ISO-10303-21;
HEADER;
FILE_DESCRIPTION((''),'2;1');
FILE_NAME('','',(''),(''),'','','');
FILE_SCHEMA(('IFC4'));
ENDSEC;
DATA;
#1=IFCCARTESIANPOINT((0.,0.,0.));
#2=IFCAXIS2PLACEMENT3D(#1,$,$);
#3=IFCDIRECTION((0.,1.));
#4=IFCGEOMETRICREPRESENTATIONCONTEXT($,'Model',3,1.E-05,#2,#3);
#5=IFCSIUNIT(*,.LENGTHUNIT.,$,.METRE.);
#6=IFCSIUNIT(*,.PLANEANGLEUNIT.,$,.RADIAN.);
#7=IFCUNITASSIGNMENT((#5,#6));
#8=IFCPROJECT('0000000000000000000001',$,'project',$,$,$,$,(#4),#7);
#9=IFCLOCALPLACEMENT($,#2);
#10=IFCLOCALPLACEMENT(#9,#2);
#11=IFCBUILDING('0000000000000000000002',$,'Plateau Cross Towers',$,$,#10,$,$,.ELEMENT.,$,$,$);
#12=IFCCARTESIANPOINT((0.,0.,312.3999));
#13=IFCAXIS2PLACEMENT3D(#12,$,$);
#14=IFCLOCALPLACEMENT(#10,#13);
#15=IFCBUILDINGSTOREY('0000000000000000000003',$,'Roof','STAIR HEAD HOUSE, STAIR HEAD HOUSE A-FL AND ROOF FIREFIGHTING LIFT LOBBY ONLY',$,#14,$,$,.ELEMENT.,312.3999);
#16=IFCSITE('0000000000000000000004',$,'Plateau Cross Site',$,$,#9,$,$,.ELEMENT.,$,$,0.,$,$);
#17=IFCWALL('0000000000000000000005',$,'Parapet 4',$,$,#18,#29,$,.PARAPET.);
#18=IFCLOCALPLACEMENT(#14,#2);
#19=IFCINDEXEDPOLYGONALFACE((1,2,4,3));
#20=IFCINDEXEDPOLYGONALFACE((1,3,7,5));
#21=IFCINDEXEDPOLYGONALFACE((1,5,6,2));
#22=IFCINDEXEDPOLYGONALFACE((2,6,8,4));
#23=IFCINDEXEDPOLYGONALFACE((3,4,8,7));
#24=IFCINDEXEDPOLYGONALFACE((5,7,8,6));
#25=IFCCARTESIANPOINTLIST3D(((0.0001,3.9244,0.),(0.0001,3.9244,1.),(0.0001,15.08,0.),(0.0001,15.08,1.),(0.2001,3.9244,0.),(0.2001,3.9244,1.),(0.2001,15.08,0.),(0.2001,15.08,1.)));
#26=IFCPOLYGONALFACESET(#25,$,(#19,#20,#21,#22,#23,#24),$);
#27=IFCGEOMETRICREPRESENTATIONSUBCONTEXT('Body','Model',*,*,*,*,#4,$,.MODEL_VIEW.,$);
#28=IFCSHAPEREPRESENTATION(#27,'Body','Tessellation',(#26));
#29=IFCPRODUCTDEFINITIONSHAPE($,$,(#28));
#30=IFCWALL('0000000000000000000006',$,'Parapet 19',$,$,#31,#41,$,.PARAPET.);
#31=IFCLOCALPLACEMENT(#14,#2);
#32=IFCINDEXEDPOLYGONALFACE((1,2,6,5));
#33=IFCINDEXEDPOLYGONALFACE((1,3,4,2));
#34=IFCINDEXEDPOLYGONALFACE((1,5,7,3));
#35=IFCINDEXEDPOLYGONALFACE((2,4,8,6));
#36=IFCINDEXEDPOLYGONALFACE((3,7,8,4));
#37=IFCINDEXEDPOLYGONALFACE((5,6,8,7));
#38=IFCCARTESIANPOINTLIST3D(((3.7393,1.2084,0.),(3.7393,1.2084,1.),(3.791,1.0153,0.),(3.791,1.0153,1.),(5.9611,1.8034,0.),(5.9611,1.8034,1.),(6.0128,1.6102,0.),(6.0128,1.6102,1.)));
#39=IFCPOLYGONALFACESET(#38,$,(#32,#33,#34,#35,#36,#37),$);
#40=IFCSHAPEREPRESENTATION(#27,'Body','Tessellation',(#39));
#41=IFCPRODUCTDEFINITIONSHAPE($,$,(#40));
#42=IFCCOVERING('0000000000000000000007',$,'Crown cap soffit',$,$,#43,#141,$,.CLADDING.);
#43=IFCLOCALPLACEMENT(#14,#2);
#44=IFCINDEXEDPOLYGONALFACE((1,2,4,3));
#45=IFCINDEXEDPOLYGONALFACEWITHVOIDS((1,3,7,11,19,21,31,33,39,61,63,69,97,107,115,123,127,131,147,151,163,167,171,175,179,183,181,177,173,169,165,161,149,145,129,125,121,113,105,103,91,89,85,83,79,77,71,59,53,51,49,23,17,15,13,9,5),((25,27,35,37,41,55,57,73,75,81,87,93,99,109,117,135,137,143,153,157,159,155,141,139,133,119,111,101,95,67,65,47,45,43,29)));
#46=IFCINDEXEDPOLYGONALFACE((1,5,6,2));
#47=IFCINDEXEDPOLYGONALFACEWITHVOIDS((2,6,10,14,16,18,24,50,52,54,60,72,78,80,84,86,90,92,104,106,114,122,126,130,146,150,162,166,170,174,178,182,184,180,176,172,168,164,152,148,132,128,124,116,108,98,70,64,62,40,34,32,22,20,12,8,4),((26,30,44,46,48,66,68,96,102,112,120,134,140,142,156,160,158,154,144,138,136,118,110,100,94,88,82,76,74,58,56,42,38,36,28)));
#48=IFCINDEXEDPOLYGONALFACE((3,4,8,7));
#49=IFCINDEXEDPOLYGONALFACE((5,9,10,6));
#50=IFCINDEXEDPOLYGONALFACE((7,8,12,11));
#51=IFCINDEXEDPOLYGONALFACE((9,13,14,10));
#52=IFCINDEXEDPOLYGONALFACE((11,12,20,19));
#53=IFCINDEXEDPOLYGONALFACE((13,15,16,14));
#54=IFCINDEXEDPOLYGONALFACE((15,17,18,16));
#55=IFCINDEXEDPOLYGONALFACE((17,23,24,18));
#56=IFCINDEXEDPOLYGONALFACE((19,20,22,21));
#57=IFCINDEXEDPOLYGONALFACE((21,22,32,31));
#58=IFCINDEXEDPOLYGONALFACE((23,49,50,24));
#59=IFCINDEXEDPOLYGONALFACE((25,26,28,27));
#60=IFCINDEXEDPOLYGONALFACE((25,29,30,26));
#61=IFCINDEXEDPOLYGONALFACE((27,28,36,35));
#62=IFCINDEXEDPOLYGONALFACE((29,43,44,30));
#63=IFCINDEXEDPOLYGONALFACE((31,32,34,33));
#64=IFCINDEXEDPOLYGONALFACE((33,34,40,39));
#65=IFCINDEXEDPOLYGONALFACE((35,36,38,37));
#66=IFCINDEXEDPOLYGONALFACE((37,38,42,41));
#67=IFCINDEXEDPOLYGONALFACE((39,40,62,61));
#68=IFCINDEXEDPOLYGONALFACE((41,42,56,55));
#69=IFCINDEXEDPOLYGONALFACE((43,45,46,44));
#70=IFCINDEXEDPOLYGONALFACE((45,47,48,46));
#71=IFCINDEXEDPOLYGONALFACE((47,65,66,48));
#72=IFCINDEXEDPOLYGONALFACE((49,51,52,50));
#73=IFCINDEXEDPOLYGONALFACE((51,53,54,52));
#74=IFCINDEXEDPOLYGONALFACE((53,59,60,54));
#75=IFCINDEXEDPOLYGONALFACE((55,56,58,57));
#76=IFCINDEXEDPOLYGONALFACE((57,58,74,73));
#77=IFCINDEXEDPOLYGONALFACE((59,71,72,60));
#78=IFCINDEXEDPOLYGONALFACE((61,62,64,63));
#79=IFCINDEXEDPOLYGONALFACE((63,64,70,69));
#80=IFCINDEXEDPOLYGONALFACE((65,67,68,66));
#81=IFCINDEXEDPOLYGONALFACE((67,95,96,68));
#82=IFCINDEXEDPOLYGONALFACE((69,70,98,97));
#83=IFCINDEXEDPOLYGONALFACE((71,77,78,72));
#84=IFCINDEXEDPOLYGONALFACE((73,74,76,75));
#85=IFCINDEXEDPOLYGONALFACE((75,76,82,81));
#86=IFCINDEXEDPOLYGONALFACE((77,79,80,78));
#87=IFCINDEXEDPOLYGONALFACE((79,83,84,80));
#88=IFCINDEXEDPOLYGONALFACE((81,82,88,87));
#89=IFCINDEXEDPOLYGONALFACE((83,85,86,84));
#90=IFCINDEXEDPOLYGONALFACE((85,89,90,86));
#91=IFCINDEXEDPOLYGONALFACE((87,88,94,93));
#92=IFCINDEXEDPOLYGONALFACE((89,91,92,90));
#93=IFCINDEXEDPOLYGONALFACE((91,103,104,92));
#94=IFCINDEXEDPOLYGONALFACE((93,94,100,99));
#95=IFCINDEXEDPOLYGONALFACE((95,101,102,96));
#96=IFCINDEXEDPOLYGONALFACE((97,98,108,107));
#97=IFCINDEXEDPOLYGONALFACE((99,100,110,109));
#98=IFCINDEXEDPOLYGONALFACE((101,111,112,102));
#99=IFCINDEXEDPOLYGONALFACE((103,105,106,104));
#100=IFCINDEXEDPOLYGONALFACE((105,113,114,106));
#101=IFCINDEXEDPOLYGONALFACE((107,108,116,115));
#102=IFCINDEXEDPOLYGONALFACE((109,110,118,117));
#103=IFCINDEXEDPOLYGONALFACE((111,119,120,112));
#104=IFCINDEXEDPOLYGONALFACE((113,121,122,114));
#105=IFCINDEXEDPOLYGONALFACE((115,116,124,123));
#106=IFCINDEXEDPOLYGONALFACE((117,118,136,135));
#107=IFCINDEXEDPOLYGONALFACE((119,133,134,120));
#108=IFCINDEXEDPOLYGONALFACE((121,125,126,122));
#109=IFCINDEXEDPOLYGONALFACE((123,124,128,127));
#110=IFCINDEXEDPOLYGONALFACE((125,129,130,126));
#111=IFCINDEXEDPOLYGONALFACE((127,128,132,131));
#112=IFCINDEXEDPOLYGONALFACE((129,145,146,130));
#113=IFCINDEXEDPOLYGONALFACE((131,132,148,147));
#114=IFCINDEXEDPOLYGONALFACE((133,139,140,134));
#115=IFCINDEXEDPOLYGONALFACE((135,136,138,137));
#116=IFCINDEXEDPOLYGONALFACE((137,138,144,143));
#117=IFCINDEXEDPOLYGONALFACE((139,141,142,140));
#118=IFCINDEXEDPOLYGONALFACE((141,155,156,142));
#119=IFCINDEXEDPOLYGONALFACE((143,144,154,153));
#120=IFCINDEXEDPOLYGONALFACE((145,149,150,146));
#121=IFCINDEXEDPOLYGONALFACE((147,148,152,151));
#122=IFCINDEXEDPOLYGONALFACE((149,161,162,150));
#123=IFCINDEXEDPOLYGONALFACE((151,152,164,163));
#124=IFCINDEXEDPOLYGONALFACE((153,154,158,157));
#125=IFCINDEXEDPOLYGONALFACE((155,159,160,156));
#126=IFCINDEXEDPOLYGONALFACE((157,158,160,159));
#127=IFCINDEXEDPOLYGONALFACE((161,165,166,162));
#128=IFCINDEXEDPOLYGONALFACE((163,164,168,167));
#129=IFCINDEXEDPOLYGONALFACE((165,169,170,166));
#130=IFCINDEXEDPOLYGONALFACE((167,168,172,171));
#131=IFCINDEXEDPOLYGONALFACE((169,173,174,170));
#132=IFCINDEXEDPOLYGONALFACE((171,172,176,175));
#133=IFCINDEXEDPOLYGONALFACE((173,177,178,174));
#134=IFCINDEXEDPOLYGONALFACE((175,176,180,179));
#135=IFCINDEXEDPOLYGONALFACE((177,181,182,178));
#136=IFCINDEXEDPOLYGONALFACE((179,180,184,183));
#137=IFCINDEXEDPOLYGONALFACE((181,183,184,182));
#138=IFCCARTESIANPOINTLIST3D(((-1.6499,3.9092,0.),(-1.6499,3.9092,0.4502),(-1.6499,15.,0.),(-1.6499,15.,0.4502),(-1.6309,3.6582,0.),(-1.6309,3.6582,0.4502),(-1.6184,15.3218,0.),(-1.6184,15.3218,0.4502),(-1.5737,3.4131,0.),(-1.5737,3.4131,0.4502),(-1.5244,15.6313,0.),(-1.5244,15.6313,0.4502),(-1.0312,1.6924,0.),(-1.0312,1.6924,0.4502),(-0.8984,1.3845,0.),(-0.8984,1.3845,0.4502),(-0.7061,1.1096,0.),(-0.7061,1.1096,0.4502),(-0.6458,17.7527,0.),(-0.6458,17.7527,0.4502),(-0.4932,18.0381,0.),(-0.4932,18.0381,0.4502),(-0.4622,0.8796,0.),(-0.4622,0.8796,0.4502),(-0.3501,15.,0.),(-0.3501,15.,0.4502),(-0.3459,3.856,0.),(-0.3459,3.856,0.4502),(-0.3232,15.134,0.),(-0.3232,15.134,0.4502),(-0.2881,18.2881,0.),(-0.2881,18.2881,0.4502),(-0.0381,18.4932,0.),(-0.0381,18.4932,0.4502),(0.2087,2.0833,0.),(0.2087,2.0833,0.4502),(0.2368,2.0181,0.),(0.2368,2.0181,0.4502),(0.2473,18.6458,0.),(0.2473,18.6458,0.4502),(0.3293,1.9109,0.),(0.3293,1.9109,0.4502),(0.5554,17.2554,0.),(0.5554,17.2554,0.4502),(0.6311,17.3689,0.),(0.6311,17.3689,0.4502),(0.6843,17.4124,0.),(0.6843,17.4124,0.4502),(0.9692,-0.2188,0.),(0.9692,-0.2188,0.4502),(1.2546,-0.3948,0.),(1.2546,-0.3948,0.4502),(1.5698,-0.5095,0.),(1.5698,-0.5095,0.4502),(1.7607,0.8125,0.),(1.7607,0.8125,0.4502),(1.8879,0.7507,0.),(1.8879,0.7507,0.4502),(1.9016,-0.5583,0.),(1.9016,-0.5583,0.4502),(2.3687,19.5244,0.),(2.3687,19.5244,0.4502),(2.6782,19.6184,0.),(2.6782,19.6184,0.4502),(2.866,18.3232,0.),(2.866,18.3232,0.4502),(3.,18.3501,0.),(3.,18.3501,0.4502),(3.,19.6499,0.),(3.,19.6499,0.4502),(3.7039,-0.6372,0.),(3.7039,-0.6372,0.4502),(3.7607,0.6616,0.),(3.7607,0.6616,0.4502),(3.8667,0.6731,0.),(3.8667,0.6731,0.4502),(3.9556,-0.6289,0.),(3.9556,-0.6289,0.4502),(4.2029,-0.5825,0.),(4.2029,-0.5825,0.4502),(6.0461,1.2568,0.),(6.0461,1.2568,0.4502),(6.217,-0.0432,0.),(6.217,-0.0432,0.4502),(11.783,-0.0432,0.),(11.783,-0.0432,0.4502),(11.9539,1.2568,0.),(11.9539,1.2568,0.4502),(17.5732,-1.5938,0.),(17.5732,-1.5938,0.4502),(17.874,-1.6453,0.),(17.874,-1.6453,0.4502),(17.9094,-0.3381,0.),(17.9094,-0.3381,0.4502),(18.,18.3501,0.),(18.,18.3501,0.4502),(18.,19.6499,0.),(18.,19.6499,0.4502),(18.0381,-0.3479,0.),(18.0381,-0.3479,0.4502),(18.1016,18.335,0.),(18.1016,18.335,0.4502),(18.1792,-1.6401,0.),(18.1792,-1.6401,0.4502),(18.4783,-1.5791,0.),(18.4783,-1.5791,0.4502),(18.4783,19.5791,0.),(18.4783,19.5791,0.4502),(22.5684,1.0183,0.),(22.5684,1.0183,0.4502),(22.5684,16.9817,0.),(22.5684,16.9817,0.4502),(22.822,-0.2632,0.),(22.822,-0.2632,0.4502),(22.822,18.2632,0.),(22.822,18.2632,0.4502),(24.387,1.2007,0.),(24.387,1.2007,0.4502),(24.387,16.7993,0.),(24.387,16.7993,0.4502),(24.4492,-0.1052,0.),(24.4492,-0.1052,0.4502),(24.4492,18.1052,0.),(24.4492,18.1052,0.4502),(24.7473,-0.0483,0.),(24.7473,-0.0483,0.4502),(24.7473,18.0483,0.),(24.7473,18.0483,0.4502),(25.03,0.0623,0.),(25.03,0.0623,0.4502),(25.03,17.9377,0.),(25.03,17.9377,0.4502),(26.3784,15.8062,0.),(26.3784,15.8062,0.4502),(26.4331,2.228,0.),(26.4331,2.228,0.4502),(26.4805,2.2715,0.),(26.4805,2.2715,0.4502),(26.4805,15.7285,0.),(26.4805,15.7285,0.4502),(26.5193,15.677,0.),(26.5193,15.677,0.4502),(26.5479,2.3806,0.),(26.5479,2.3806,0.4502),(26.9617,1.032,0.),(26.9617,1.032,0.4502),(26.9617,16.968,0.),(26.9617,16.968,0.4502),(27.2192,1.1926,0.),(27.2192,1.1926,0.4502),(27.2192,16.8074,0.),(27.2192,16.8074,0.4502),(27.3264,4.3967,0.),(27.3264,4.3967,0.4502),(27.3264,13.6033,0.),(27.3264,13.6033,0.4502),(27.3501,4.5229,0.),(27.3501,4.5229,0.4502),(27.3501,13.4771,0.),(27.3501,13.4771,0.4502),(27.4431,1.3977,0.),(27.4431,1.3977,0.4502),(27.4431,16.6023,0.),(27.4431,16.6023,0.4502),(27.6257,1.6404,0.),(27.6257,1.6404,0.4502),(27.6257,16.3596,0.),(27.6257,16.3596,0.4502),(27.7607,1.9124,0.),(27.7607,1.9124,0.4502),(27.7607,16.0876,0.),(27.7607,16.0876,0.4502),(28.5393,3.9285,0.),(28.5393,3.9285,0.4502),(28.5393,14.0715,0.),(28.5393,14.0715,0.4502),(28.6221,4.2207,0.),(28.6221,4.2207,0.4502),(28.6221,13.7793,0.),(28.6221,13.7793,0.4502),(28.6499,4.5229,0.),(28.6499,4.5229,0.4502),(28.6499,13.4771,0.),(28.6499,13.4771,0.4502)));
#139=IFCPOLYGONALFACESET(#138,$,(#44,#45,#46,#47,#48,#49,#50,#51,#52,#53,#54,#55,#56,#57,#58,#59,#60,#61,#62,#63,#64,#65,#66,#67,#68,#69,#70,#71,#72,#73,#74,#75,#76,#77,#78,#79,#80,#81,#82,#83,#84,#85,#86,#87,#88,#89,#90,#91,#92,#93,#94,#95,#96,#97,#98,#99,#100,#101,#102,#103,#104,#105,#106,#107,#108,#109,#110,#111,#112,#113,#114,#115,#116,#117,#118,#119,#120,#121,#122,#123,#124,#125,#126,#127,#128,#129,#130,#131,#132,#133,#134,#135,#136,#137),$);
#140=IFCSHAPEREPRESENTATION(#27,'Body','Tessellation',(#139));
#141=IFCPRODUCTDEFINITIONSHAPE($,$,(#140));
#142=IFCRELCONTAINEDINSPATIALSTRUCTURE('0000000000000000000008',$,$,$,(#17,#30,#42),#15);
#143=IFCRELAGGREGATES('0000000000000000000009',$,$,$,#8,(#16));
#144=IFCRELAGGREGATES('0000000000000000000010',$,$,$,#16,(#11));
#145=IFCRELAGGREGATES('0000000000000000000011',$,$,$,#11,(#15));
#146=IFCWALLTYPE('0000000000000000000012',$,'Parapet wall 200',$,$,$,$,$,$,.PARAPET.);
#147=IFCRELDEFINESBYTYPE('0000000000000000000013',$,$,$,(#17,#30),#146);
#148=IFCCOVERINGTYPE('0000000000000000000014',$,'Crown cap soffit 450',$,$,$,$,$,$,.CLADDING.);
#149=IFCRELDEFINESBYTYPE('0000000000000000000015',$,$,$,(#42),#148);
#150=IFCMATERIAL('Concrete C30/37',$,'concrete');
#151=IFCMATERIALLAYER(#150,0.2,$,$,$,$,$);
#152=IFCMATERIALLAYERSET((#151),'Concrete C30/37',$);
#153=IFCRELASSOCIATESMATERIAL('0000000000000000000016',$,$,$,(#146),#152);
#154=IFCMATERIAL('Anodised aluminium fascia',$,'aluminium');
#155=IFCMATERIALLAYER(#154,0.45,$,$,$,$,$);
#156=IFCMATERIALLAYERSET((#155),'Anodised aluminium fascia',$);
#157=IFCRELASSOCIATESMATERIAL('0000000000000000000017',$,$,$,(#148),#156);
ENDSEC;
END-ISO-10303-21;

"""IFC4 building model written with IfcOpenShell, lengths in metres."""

from ifc_helpers import new_model, si_unit, direction, frame, frame_2d, origin, place, context, subcontext, project, spatial, polyline, rectangle, outline, extrude, material, layer, layer_set, type_object, element, save


model = new_model("IFC4")

# Units and contexts
model_context = context("Model", 3, precision=1e-05, world=origin(), true_north=direction((0.0, 1.0)))
body_context = subcontext(model_context, "Body", "Model", "MODEL_VIEW")
ifc_project = project(units=[si_unit("LENGTHUNIT", "METRE"), si_unit("PLANEANGLEUNIT", "RADIAN")], contexts=[model_context])

# Site, building, storey
site_placement = place(None, origin())
site = spatial("IfcSite", under=ifc_project, at=site_placement, Name="Plateau Cross Site", CompositionType="ELEMENT", RefElevation=0.0)
building_placement = place(site_placement, origin())
building = spatial("IfcBuilding", under=site, at=building_placement, Name="Plateau Cross Towers", CompositionType="ELEMENT")
storey_placement = place(building_placement, frame((0.0, 0.0, 312.3999)))
storey = spatial("IfcBuildingStorey", under=building, at=storey_placement, Name="Roof", Description="STAIR HEAD HOUSE, STAIR HEAD HOUSE A-FL AND ROOF FIREFIGHTING LIFT LOBBY ONLY", CompositionType="ELEMENT", Elevation=312.3999)

# Walls
ifc_material_1 = material(Name="Concrete C30/37", Category="concrete")
ifc_layer_1 = layer(ifc_material_1, 0.2)
ifc_layer_set_1 = layer_set([ifc_layer_1], Name="Concrete C30/37")
wall_type_1 = type_object("IfcWallType", Name="Parapet wall 200", PredefinedType="PARAPET", material=ifc_layer_set_1)
wall_1_placement = place(storey_placement, frame((0.1001, 3.9246, 0.0), z_axis=(0.0, 0.0, 1.0), x_axis=(0.0, 1.0, 0.0)))
element("IfcWall", 1, at=wall_1_placement, inside=storey, type_object=wall_type_1, Name="Parapet 4", PredefinedType="PARAPET", context=body_context, shape_type="SweptSolid", body=[
    extrude(rectangle(XDim=11.1555, YDim=0.2, at=frame_2d((5.5776, 0.0))), origin(), (0.0, 0.0, 1.0), 1.0),
])
wall_2_placement = place(storey_placement, frame((5.9868, 1.7068, 0.0), z_axis=(0.0, 0.0, 1.0), x_axis=(-0.965961, -0.258687, 0.0)))
element("IfcWall", 2, at=wall_2_placement, inside=storey, type_object=wall_type_1, Name="Parapet 19", PredefinedType="PARAPET", context=body_context, shape_type="SweptSolid", body=[
    extrude(rectangle(XDim=2.3, YDim=0.2, at=frame_2d((1.1499, 0.0))), origin(), (0.0, 0.0, 1.0), 1.0),
])

# Covering
ifc_material_2 = material(Name="Anodised aluminium fascia", Category="aluminium")
ifc_layer_2 = layer(ifc_material_2, 0.45)
ifc_layer_set_2 = layer_set([ifc_layer_2], Name="Anodised aluminium fascia")
covering_type_1 = type_object("IfcCoveringType", Name="Crown cap soffit 450", PredefinedType="CLADDING", material=ifc_layer_set_2)
covering_1_placement = place(storey_placement, origin())
element("IfcCovering", 3, at=covering_1_placement, inside=storey, type_object=covering_type_1, Name="Crown cap soffit", PredefinedType="CLADDING", context=body_context, shape_type="SweptSolid", body=[
    extrude(outline(polyline([(1.9016, -0.5583), (1.5698, -0.5095), (1.2546, -0.3948), (0.9692, -0.2188), (-0.4622, 0.8796), (-0.7061, 1.1096), (-0.8984, 1.3845), (-1.0312, 1.6924), (-1.5737, 3.4131), (-1.6309, 3.6582), (-1.6499, 3.9092), (-1.6499, 15.0), (-1.6184, 15.3218), (-1.5244, 15.6313), (-0.6458, 17.7527), (-0.4932, 18.0381), (-0.2881, 18.2881), (-0.0381, 18.4932), (0.2473, 18.6458), (2.3687, 19.5244), (2.6782, 19.6184), (3.0, 19.6499), (18.0, 19.6499), (18.4783, 19.5791), (22.822, 18.2632), (24.4492, 18.1052), (24.7473, 18.0483), (25.03, 17.9377), (26.9617, 16.968), (27.2192, 16.8074), (27.4431, 16.6023), (27.6257, 16.3596), (27.7607, 16.0876), (28.5393, 14.0715), (28.6221, 13.7793), (28.6499, 13.4771), (28.6499, 4.5229), (28.6221, 4.2207), (28.5393, 3.9285), (27.7607, 1.9124), (27.6257, 1.6404), (27.4431, 1.3977), (27.2192, 1.1926), (26.9617, 1.032), (25.03, 0.0623), (24.7473, -0.0483), (24.4492, -0.1052), (22.822, -0.2632), (18.4783, -1.5791), (18.1792, -1.6401), (17.874, -1.6453), (17.5732, -1.5938), (11.783, -0.0432), (6.217, -0.0432), (4.2029, -0.5825), (3.9556, -0.6289), (3.7039, -0.6372), (1.9016, -0.5583)]), holes=[polyline([(3.8667, 0.6731), (6.0461, 1.2568), (11.9539, 1.2568), (17.9094, -0.3381), (18.0381, -0.3479), (22.5684, 1.0183), (24.387, 1.2007), (26.4331, 2.228), (26.4805, 2.2715), (26.5479, 2.3806), (27.3264, 4.3967), (27.3501, 4.5229), (27.3501, 13.4771), (27.3264, 13.6033), (26.5193, 15.677), (26.4805, 15.7285), (26.3784, 15.8062), (24.387, 16.7993), (22.5684, 16.9817), (18.1016, 18.335), (18.0, 18.3501), (3.0, 18.3501), (2.866, 18.3232), (0.6843, 17.4124), (0.6311, 17.3689), (0.5554, 17.2554), (-0.3232, 15.134), (-0.3501, 15.0), (-0.3459, 3.856), (0.2087, 2.0833), (0.2368, 2.0181), (0.3293, 1.9109), (1.7607, 0.8125), (1.8879, 0.7507), (3.7607, 0.6616), (3.8667, 0.6731)])]), origin(), (0.0, 0.0, 1.0), 0.4502),
])

save(model, "model.ifc")
